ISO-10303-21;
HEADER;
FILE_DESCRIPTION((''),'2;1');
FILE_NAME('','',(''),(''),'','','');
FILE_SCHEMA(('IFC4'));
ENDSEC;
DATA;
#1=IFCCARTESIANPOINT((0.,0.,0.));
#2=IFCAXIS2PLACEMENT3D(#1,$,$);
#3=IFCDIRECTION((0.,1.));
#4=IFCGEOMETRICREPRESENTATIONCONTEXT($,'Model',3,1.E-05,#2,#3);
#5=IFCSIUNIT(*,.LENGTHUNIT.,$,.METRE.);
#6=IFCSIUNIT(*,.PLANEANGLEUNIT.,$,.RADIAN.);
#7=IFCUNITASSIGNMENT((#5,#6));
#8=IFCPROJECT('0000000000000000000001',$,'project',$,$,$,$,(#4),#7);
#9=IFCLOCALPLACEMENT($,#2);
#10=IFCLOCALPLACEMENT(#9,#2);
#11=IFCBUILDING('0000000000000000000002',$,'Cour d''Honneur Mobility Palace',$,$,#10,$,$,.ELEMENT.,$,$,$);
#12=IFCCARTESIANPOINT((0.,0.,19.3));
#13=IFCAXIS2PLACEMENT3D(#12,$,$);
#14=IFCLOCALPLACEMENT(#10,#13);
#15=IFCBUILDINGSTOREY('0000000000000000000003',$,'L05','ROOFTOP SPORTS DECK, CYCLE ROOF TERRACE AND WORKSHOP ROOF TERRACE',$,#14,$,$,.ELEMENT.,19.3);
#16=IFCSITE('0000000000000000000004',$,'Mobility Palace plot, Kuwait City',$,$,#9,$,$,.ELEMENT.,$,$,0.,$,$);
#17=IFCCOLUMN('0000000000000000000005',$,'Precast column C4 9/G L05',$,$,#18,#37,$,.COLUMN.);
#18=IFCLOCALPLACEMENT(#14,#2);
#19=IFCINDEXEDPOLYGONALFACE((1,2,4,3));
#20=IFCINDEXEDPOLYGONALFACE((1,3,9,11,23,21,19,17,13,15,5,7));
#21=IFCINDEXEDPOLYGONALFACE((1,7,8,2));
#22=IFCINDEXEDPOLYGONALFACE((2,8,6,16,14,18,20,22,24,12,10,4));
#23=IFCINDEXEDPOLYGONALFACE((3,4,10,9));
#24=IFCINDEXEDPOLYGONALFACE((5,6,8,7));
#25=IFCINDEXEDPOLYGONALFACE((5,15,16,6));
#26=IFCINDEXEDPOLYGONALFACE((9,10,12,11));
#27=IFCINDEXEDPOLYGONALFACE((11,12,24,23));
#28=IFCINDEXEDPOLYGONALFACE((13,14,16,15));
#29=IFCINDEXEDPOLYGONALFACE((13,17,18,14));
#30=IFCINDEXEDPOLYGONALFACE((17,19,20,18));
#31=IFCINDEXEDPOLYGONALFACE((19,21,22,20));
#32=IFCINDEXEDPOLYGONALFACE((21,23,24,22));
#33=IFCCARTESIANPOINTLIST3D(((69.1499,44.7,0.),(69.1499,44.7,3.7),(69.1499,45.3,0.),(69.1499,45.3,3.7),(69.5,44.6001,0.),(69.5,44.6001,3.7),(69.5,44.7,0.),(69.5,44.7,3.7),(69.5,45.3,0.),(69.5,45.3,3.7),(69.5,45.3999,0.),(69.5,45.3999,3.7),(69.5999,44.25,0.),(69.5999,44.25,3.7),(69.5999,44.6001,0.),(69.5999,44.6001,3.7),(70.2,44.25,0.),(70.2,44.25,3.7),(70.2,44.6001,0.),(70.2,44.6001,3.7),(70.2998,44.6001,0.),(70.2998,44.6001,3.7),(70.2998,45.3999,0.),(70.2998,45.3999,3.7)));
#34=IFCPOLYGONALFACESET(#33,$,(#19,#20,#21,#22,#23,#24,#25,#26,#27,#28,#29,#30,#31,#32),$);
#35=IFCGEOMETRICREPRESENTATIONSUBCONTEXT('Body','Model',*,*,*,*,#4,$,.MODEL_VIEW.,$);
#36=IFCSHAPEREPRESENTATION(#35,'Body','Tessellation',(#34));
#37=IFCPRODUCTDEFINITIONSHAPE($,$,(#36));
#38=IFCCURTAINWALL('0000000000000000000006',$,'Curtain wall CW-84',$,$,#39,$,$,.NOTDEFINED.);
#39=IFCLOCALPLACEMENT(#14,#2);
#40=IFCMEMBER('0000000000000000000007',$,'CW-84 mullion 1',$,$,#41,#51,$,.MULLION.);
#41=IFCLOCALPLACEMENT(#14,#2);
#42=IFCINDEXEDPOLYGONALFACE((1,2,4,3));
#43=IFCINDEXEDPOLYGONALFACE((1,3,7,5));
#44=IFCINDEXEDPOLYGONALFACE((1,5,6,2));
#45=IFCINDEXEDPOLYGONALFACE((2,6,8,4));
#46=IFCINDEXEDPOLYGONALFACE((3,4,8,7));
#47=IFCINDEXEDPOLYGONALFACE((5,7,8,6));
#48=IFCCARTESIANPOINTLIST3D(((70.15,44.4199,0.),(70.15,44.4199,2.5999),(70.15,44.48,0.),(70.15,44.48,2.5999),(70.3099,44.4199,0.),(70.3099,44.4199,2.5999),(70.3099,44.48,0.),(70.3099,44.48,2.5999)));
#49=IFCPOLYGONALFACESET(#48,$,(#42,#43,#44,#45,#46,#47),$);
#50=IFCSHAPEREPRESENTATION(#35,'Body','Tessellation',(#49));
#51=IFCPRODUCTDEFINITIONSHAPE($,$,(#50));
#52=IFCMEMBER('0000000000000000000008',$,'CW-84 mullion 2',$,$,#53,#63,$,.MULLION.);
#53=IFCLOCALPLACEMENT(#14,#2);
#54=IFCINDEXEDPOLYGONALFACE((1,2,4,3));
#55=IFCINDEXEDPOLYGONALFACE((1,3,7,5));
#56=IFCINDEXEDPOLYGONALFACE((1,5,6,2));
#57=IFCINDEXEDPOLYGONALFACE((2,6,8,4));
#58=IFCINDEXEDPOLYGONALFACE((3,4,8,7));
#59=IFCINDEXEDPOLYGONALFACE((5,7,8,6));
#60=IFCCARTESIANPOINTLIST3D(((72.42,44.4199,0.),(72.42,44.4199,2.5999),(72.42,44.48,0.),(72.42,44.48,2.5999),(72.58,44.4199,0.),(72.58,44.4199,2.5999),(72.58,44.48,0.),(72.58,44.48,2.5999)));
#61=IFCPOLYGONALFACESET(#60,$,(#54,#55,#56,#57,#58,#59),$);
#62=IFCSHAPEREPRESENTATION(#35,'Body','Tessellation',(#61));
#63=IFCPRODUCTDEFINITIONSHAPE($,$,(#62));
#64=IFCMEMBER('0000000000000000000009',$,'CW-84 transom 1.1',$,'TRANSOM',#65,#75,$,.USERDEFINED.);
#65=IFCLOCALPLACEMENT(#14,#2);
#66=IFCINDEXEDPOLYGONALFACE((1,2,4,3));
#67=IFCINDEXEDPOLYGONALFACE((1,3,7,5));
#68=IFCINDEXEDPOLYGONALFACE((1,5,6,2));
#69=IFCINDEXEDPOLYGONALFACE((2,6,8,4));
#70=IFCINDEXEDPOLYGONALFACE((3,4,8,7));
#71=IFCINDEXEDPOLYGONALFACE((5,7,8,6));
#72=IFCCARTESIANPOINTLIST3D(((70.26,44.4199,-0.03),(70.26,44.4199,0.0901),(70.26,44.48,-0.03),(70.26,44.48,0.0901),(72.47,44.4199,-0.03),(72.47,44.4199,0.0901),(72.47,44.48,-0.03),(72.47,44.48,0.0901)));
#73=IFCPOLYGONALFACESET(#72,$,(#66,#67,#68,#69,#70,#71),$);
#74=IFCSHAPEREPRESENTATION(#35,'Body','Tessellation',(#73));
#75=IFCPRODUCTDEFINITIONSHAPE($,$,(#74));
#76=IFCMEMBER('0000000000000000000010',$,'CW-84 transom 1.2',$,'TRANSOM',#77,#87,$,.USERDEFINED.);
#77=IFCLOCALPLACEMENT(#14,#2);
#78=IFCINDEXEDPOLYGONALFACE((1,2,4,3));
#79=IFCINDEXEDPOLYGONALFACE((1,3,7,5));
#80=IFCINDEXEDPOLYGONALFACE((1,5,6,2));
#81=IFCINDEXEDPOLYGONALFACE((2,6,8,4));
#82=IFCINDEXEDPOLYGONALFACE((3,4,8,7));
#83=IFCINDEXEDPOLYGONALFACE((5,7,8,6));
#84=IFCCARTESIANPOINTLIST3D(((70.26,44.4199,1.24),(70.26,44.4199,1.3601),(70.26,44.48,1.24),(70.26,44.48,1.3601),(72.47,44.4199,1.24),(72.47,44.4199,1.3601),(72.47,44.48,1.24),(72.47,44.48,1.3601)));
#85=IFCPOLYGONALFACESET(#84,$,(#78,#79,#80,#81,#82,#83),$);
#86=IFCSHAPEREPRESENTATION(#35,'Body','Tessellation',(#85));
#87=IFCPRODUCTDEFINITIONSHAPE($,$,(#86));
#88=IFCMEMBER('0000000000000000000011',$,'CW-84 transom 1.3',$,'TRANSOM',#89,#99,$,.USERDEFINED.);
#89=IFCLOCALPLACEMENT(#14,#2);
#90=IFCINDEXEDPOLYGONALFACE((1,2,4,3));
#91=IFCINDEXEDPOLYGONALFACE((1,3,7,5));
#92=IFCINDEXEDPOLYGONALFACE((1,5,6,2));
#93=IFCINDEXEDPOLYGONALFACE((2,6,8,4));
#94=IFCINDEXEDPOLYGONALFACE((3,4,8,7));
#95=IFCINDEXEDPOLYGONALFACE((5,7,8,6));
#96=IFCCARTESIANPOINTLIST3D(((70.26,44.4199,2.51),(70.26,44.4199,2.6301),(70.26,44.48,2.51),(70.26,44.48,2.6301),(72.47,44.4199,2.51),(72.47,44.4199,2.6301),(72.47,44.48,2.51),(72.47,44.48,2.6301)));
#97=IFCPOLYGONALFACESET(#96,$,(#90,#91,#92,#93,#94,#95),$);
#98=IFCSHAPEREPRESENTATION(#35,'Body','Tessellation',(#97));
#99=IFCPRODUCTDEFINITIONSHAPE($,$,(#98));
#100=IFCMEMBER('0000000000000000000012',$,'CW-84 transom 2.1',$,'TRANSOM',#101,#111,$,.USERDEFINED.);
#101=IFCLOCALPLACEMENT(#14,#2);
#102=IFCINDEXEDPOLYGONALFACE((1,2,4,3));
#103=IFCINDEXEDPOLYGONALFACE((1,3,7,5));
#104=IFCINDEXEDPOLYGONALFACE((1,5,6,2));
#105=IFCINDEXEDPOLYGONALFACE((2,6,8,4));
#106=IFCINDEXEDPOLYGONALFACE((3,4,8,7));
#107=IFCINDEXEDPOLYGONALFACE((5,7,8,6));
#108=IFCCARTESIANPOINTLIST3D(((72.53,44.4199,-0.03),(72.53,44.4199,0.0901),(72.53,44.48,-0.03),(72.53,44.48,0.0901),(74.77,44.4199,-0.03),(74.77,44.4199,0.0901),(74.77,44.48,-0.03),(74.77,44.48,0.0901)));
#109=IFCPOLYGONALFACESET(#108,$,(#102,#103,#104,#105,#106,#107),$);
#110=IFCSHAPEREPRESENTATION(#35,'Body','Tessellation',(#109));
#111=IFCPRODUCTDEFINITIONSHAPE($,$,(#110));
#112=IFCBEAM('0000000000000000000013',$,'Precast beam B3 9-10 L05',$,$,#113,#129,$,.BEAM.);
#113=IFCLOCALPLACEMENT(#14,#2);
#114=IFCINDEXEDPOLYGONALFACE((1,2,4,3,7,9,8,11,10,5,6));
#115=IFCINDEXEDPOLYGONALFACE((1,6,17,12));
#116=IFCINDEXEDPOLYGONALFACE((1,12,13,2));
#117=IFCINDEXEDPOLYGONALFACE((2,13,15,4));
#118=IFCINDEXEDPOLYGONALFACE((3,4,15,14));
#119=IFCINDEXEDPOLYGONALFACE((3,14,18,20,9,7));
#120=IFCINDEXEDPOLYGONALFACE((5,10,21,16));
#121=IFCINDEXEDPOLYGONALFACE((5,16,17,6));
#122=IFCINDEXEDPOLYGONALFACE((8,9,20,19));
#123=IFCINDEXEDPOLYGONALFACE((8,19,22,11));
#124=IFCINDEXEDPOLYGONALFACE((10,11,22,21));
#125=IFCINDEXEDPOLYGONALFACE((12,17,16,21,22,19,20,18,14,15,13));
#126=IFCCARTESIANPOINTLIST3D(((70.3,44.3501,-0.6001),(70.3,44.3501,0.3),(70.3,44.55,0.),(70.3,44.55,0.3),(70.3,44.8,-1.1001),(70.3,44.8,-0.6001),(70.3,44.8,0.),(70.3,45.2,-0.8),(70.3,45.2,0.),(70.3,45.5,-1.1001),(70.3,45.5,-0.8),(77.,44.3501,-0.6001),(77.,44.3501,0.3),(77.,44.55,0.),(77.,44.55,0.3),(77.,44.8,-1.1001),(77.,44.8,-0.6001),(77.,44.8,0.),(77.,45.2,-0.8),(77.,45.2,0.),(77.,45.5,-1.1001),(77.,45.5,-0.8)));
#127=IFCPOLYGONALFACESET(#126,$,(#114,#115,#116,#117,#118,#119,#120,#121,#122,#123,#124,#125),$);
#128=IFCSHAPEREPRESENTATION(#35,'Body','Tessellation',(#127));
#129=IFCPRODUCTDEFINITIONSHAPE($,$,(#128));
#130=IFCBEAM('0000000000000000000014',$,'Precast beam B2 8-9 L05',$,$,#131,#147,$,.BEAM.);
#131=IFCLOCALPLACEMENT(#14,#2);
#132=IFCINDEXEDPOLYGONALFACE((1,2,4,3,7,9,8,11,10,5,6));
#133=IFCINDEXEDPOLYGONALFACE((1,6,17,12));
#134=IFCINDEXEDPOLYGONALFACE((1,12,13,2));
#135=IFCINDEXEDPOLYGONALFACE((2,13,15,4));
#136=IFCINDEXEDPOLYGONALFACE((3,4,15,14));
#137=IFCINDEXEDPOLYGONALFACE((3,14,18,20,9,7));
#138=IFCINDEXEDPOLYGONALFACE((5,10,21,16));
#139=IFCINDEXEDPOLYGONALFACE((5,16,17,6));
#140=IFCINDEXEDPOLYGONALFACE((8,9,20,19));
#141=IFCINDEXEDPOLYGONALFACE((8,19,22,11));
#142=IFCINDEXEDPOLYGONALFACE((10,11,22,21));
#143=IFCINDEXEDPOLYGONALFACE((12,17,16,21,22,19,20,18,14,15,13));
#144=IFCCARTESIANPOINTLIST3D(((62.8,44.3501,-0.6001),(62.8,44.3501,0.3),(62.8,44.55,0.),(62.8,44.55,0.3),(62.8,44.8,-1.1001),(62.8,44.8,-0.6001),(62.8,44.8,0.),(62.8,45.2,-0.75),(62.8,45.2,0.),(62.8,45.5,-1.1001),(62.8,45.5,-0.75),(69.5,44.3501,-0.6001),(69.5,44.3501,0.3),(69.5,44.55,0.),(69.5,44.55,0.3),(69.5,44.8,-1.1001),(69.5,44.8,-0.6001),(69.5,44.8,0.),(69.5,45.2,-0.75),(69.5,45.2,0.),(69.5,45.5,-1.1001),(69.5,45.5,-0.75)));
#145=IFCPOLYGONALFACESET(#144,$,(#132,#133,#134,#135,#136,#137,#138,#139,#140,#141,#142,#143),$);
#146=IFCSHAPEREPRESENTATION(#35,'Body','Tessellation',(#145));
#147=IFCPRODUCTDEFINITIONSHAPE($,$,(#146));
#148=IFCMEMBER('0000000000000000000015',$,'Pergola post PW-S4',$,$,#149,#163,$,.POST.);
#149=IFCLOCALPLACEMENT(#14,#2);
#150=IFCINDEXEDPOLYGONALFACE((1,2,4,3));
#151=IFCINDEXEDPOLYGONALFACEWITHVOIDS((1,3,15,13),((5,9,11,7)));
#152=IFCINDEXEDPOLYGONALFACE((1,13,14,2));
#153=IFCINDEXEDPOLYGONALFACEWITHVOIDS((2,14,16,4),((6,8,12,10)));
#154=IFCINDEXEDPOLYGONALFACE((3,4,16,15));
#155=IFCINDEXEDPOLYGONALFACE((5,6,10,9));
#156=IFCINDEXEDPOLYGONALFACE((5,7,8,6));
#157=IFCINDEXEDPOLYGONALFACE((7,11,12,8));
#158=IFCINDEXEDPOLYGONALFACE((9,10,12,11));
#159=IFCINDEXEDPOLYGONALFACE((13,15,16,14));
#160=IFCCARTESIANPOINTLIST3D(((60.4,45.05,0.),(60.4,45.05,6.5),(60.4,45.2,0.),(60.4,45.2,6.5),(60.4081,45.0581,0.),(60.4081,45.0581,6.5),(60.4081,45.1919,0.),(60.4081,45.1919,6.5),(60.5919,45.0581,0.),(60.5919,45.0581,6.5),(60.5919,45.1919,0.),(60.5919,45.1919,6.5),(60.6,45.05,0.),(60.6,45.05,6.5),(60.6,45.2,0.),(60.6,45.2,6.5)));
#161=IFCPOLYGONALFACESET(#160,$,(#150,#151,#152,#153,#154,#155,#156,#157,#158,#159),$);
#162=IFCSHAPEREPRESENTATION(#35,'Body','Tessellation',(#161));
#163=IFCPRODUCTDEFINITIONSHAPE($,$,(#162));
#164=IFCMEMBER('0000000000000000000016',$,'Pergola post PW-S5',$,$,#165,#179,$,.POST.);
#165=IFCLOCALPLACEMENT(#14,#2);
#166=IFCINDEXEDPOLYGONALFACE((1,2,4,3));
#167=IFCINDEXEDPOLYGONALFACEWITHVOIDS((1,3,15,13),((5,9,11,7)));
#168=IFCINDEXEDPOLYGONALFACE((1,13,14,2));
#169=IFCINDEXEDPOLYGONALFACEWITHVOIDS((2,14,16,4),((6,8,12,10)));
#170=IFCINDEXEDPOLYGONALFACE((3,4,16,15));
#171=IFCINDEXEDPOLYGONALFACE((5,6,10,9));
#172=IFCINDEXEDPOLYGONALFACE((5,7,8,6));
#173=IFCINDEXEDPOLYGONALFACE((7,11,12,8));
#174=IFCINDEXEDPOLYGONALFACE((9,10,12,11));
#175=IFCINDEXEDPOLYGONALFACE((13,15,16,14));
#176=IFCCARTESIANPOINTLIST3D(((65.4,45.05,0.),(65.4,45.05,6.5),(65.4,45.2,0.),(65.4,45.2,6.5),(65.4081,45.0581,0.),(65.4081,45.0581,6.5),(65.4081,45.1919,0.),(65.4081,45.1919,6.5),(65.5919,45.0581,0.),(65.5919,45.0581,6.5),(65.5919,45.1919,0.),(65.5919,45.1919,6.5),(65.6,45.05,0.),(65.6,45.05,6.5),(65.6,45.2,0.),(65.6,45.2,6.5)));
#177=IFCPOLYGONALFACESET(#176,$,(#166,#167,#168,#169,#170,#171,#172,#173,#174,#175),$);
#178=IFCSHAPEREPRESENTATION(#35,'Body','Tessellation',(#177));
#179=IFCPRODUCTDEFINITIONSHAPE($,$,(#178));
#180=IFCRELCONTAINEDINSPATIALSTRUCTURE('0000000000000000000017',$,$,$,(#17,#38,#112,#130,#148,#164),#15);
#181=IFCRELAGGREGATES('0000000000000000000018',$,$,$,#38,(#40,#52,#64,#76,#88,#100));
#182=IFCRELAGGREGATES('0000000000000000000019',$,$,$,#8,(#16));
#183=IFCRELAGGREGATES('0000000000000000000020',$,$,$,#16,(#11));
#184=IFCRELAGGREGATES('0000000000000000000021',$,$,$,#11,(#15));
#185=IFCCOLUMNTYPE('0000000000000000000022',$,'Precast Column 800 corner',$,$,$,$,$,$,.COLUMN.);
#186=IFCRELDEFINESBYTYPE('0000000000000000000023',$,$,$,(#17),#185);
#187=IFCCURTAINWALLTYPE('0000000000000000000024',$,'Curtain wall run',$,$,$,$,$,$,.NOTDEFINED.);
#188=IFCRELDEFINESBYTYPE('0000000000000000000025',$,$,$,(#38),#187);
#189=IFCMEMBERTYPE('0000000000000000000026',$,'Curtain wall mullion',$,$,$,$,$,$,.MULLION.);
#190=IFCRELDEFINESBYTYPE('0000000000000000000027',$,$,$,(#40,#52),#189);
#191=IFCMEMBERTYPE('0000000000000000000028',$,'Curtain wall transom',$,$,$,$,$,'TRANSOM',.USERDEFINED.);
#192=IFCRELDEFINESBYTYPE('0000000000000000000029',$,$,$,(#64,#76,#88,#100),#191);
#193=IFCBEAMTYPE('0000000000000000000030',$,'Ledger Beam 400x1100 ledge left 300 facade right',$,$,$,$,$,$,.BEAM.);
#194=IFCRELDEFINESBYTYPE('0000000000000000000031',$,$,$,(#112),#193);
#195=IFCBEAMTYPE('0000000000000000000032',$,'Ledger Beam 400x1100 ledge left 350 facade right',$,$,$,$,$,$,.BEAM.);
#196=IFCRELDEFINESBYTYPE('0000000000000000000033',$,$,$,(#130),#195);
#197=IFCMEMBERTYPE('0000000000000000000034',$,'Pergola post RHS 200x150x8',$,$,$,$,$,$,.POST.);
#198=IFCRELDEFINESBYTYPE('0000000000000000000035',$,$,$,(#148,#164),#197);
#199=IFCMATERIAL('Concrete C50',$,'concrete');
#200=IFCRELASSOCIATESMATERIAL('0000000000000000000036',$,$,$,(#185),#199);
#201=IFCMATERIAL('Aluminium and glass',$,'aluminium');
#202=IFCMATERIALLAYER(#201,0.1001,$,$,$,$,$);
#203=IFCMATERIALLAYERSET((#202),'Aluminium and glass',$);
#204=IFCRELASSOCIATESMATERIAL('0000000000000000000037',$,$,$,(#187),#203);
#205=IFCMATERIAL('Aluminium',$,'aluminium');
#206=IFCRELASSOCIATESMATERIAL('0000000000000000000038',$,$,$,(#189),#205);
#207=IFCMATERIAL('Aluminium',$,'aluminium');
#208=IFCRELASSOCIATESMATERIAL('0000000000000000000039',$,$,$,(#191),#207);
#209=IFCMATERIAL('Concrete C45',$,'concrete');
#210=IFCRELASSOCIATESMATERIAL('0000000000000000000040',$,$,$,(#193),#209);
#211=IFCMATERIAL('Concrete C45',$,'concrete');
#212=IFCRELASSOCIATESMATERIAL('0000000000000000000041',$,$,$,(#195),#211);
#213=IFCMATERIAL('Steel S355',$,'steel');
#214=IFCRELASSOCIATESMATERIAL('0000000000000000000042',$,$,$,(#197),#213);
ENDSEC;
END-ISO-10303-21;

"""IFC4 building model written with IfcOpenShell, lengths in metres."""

from ifc_helpers import new_model, si_unit, direction, frame, origin, origin_2d, place, context, subcontext, project, spatial, polyline, rectangle, hollow_rectangle, outline, extrude, material, layer, layer_set, material_profile, profile_set, type_object, element, aggregate, save


model = new_model("IFC4")

# Units and contexts
model_context = context("Model", 3, precision=1e-05, world=origin(), true_north=direction((0.0, 1.0)))
body_context = subcontext(model_context, "Body", "Model", "MODEL_VIEW")
ifc_project = project(units=[si_unit("LENGTHUNIT", "METRE"), si_unit("PLANEANGLEUNIT", "RADIAN")], contexts=[model_context])

# Site, building, storey
site_placement = place(None, origin())
site = spatial("IfcSite", under=ifc_project, at=site_placement, Name="Mobility Palace plot, Kuwait City", CompositionType="ELEMENT", RefElevation=0.0)
building_placement = place(site_placement, origin())
building = spatial("IfcBuilding", under=site, at=building_placement, Name="Cour d'Honneur Mobility Palace", CompositionType="ELEMENT")
storey_placement = place(building_placement, frame((0.0, 0.0, 19.3)))
storey = spatial("IfcBuildingStorey", under=building, at=storey_placement, Name="L05", Description="ROOFTOP SPORTS DECK, CYCLE ROOF TERRACE AND WORKSHOP ROOF TERRACE", CompositionType="ELEMENT", Elevation=19.3)

# Column
ifc_material_1 = material(Name="Concrete C50", Category="concrete")
ifc_material_profile_1 = material_profile(ifc_material_1, outline(polyline([(-0.3999, -0.3999), (0.3999, -0.3999), (0.3999, -0.3), (0.75, -0.3), (0.75, 0.3), (0.3999, 0.3), (0.3999, 0.3999), (0.3, 0.3999), (0.3, 0.75), (-0.3, 0.75), (-0.3, 0.3999), (-0.3999, 0.3999), (-0.3999, -0.3999)])), Name="PC C800 corner")
ifc_profile_set_1 = profile_set([ifc_material_profile_1], Name="Concrete C50")
column_type = type_object("IfcColumnType", Name="Precast Column 800 corner", PredefinedType="COLUMN", material=ifc_profile_set_1)
column_placement = place(storey_placement, frame((69.8999, 45.0, 0.0), z_axis=(0.0, 0.0, 1.0), x_axis=(-1.0, 0.0, 0.0)))
element("IfcColumn", 1, at=column_placement, inside=storey, type_object=column_type, Name="Precast column C4 9/G L05", PredefinedType="COLUMN", context=body_context, shape_type="SweptSolid", body=[
    extrude(outline(polyline([(-0.3999, -0.3999), (0.3999, -0.3999), (0.3999, -0.3), (0.75, -0.3), (0.75, 0.3), (0.3999, 0.3), (0.3999, 0.3999), (0.3, 0.3999), (0.3, 0.75), (-0.3, 0.75), (-0.3, 0.3999), (-0.3999, 0.3999), (-0.3999, -0.3999)])), origin(), (0.0, 0.0, 1.0), 3.7),
])

# Curtain wall, members
ifc_material_2 = material(Name="Aluminium and glass", Category="aluminium")
ifc_layer_1 = layer(ifc_material_2, 0.1001)
ifc_layer_set_1 = layer_set([ifc_layer_1], Name="Aluminium and glass")
curtain_wall_type = type_object("IfcCurtainWallType", Name="Curtain wall run", PredefinedType="NOTDEFINED", material=ifc_layer_set_1)
curtain_wall_placement = place(storey_placement, origin())
curtain_wall = element("IfcCurtainWall", 2, at=curtain_wall_placement, inside=storey, type_object=curtain_wall_type, Name="Curtain wall CW-84", PredefinedType="NOTDEFINED")
ifc_material_3 = material(Name="Aluminium", Category="aluminium")
ifc_material_profile_2 = material_profile(ifc_material_3, rectangle(XDim=0.0601, YDim=0.1599, at=origin_2d()), Name="Curtain wall mullion")
ifc_profile_set_2 = profile_set([ifc_material_profile_2], Name="Aluminium")
member_type_1 = type_object("IfcMemberType", Name="Curtain wall mullion", PredefinedType="MULLION", material=ifc_profile_set_2)
member_1_placement = place(storey_placement, frame((70.23, 44.45, 0.0), z_axis=(0.0, 0.0, 1.0), x_axis=(0.0, 1.0, 0.0)))
member_1 = element("IfcMember", 3, at=member_1_placement, type_object=member_type_1, Name="CW-84 mullion 1", PredefinedType="MULLION", context=body_context, shape_type="SweptSolid", body=[
    extrude(rectangle(XDim=0.0601, YDim=0.1599, at=origin_2d()), origin(), (0.0, 0.0, 1.0), 2.5999),
])
member_2_placement = place(storey_placement, frame((72.5, 44.45, 0.0), z_axis=(0.0, 0.0, 1.0), x_axis=(0.0, 1.0, 0.0)))
member_2 = element("IfcMember", 4, at=member_2_placement, type_object=member_type_1, Name="CW-84 mullion 2", PredefinedType="MULLION", context=body_context, shape_type="SweptSolid", body=[
    extrude(rectangle(XDim=0.0601, YDim=0.1599, at=origin_2d()), origin(), (0.0, 0.0, 1.0), 2.5999),
])
ifc_material_4 = material(Name="Aluminium", Category="aluminium")
ifc_material_profile_3 = material_profile(ifc_material_4, rectangle(XDim=0.0601, YDim=0.1201, at=origin_2d()), Name="Curtain wall transom")
ifc_profile_set_3 = profile_set([ifc_material_profile_3], Name="Aluminium")
member_type_2 = type_object("IfcMemberType", Name="Curtain wall transom", ElementType="TRANSOM", PredefinedType="USERDEFINED", material=ifc_profile_set_3)
member_3_placement = place(storey_placement, frame((70.26, 44.45, 0.03), z_axis=(1.0, 0.0, 0.0), x_axis=(0.0, 1.0, 0.0)))
member_3 = element("IfcMember", 5, at=member_3_placement, type_object=member_type_2, Name="CW-84 transom 1.1", ObjectType="TRANSOM", PredefinedType="USERDEFINED", context=body_context, shape_type="SweptSolid", body=[
    extrude(rectangle(XDim=0.0601, YDim=0.1201, at=origin_2d()), origin(), (0.0, 0.0, 1.0), 2.21),
])
member_4_placement = place(storey_placement, frame((70.26, 44.45, 1.3), z_axis=(1.0, 0.0, 0.0), x_axis=(0.0, 1.0, 0.0)))
member_4 = element("IfcMember", 6, at=member_4_placement, type_object=member_type_2, Name="CW-84 transom 1.2", ObjectType="TRANSOM", PredefinedType="USERDEFINED", context=body_context, shape_type="SweptSolid", body=[
    extrude(rectangle(XDim=0.0601, YDim=0.1201, at=origin_2d()), origin(), (0.0, 0.0, 1.0), 2.21),
])
member_5_placement = place(storey_placement, frame((70.26, 44.45, 2.5701), z_axis=(1.0, 0.0, 0.0), x_axis=(0.0, 1.0, 0.0)))
member_5 = element("IfcMember", 7, at=member_5_placement, type_object=member_type_2, Name="CW-84 transom 1.3", ObjectType="TRANSOM", PredefinedType="USERDEFINED", context=body_context, shape_type="SweptSolid", body=[
    extrude(rectangle(XDim=0.0601, YDim=0.1201, at=origin_2d()), origin(), (0.0, 0.0, 1.0), 2.21),
])
member_6_placement = place(storey_placement, frame((72.53, 44.45, 0.03), z_axis=(1.0, 0.0, 0.0), x_axis=(0.0, 1.0, 0.0)))
member_6 = element("IfcMember", 8, at=member_6_placement, type_object=member_type_2, Name="CW-84 transom 2.1", ObjectType="TRANSOM", PredefinedType="USERDEFINED", context=body_context, shape_type="SweptSolid", body=[
    extrude(rectangle(XDim=0.0601, YDim=0.1201, at=origin_2d()), origin(), (0.0, 0.0, 1.0), 2.24),
])

# Beams
ifc_material_5 = material(Name="Concrete C45", Category="concrete")
ifc_material_profile_4 = material_profile(ifc_material_5, outline(polyline([(0.5, -1.1001), (0.5, -0.8), (0.2, -0.8), (0.2, 0.0), (-0.2, 0.0), (-0.45, 0.0), (-0.45, 0.3), (-0.6499, 0.3), (-0.6499, -0.6001), (-0.2, -0.6001), (-0.2, -1.1001), (0.5, -1.1001)])), Name="Ledger Beam 400x1100 ledge left 300 facade right")
ifc_profile_set_4 = profile_set([ifc_material_profile_4], Name="Concrete C45")
beam_type_1 = type_object("IfcBeamType", Name="Ledger Beam 400x1100 ledge left 300 facade right", PredefinedType="BEAM", material=ifc_profile_set_4)
beam_1_placement = place(storey_placement, frame((70.3, 45.0, 0.0), z_axis=(1.0, 0.0, 0.0), x_axis=(0.0, 1.0, 0.0)))
element("IfcBeam", 9, at=beam_1_placement, inside=storey, type_object=beam_type_1, Name="Precast beam B3 9-10 L05", PredefinedType="BEAM", context=body_context, shape_type="SweptSolid", body=[
    extrude(outline(polyline([(0.5, -1.1001), (0.5, -0.8), (0.2, -0.8), (0.2, 0.0), (-0.2, 0.0), (-0.45, 0.0), (-0.45, 0.3), (-0.6499, 0.3), (-0.6499, -0.6001), (-0.2, -0.6001), (-0.2, -1.1001), (0.5, -1.1001)])), origin(), (0.0, 0.0, 1.0), 6.7),
])
ifc_material_6 = material(Name="Concrete C45", Category="concrete")
ifc_material_profile_5 = material_profile(ifc_material_6, outline(polyline([(0.5, -1.1001), (0.5, -0.75), (0.2, -0.75), (0.2, 0.0), (-0.2, 0.0), (-0.45, 0.0), (-0.45, 0.3), (-0.6499, 0.3), (-0.6499, -0.6001), (-0.2, -0.6001), (-0.2, -1.1001), (0.5, -1.1001)])), Name="Ledger Beam 400x1100 ledge left 350 facade right")
ifc_profile_set_5 = profile_set([ifc_material_profile_5], Name="Concrete C45")
beam_type_2 = type_object("IfcBeamType", Name="Ledger Beam 400x1100 ledge left 350 facade right", PredefinedType="BEAM", material=ifc_profile_set_5)
beam_2_placement = place(storey_placement, frame((62.8, 45.0, 0.0), z_axis=(1.0, 0.0, 0.0), x_axis=(0.0, 1.0, 0.0)))
element("IfcBeam", 10, at=beam_2_placement, inside=storey, type_object=beam_type_2, Name="Precast beam B2 8-9 L05", PredefinedType="BEAM", context=body_context, shape_type="SweptSolid", body=[
    extrude(outline(polyline([(0.5, -1.1001), (0.5, -0.75), (0.2, -0.75), (0.2, 0.0), (-0.2, 0.0), (-0.45, 0.0), (-0.45, 0.3), (-0.6499, 0.3), (-0.6499, -0.6001), (-0.2, -0.6001), (-0.2, -1.1001), (0.5, -1.1001)])), origin(), (0.0, 0.0, 1.0), 6.7),
])

# Members
ifc_material_7 = material(Name="Steel S355", Category="steel")
ifc_material_profile_6 = material_profile(ifc_material_7, hollow_rectangle(XDim=0.1499, YDim=0.2, WallThickness=0.0081, at=origin_2d()), Name="RHS 200x150x8")
ifc_profile_set_6 = profile_set([ifc_material_profile_6], Name="Steel S355")
member_type_3 = type_object("IfcMemberType", Name="Pergola post RHS 200x150x8", PredefinedType="POST", material=ifc_profile_set_6)
for number, where, z_axis, x_axis, name in (
    (11, (60.5, 45.125, 0.0), (0.0, 0.0, 1.0), (0.0, 1.0, 0.0), "Pergola post PW-S4"),
    (12, (65.5, 45.125, 0.0), (0.0, 0.0, 1.0), (0.0, 1.0, 0.0), "Pergola post PW-S5"),
):
    element("IfcMember", number, at=place(storey_placement, frame(where, z_axis=z_axis, x_axis=x_axis)), inside=storey, type_object=member_type_3, Name=name, PredefinedType="POST", context=body_context, shape_type="SweptSolid", body=[
        extrude(hollow_rectangle(XDim=0.1499, YDim=0.2, WallThickness=0.0081, at=origin_2d()), origin(), (0.0, 0.0, 1.0), 6.5),
    ])

aggregate(curtain_wall, [member_1, member_2, member_3, member_4, member_5, member_6])

save(model, "model.ifc")
